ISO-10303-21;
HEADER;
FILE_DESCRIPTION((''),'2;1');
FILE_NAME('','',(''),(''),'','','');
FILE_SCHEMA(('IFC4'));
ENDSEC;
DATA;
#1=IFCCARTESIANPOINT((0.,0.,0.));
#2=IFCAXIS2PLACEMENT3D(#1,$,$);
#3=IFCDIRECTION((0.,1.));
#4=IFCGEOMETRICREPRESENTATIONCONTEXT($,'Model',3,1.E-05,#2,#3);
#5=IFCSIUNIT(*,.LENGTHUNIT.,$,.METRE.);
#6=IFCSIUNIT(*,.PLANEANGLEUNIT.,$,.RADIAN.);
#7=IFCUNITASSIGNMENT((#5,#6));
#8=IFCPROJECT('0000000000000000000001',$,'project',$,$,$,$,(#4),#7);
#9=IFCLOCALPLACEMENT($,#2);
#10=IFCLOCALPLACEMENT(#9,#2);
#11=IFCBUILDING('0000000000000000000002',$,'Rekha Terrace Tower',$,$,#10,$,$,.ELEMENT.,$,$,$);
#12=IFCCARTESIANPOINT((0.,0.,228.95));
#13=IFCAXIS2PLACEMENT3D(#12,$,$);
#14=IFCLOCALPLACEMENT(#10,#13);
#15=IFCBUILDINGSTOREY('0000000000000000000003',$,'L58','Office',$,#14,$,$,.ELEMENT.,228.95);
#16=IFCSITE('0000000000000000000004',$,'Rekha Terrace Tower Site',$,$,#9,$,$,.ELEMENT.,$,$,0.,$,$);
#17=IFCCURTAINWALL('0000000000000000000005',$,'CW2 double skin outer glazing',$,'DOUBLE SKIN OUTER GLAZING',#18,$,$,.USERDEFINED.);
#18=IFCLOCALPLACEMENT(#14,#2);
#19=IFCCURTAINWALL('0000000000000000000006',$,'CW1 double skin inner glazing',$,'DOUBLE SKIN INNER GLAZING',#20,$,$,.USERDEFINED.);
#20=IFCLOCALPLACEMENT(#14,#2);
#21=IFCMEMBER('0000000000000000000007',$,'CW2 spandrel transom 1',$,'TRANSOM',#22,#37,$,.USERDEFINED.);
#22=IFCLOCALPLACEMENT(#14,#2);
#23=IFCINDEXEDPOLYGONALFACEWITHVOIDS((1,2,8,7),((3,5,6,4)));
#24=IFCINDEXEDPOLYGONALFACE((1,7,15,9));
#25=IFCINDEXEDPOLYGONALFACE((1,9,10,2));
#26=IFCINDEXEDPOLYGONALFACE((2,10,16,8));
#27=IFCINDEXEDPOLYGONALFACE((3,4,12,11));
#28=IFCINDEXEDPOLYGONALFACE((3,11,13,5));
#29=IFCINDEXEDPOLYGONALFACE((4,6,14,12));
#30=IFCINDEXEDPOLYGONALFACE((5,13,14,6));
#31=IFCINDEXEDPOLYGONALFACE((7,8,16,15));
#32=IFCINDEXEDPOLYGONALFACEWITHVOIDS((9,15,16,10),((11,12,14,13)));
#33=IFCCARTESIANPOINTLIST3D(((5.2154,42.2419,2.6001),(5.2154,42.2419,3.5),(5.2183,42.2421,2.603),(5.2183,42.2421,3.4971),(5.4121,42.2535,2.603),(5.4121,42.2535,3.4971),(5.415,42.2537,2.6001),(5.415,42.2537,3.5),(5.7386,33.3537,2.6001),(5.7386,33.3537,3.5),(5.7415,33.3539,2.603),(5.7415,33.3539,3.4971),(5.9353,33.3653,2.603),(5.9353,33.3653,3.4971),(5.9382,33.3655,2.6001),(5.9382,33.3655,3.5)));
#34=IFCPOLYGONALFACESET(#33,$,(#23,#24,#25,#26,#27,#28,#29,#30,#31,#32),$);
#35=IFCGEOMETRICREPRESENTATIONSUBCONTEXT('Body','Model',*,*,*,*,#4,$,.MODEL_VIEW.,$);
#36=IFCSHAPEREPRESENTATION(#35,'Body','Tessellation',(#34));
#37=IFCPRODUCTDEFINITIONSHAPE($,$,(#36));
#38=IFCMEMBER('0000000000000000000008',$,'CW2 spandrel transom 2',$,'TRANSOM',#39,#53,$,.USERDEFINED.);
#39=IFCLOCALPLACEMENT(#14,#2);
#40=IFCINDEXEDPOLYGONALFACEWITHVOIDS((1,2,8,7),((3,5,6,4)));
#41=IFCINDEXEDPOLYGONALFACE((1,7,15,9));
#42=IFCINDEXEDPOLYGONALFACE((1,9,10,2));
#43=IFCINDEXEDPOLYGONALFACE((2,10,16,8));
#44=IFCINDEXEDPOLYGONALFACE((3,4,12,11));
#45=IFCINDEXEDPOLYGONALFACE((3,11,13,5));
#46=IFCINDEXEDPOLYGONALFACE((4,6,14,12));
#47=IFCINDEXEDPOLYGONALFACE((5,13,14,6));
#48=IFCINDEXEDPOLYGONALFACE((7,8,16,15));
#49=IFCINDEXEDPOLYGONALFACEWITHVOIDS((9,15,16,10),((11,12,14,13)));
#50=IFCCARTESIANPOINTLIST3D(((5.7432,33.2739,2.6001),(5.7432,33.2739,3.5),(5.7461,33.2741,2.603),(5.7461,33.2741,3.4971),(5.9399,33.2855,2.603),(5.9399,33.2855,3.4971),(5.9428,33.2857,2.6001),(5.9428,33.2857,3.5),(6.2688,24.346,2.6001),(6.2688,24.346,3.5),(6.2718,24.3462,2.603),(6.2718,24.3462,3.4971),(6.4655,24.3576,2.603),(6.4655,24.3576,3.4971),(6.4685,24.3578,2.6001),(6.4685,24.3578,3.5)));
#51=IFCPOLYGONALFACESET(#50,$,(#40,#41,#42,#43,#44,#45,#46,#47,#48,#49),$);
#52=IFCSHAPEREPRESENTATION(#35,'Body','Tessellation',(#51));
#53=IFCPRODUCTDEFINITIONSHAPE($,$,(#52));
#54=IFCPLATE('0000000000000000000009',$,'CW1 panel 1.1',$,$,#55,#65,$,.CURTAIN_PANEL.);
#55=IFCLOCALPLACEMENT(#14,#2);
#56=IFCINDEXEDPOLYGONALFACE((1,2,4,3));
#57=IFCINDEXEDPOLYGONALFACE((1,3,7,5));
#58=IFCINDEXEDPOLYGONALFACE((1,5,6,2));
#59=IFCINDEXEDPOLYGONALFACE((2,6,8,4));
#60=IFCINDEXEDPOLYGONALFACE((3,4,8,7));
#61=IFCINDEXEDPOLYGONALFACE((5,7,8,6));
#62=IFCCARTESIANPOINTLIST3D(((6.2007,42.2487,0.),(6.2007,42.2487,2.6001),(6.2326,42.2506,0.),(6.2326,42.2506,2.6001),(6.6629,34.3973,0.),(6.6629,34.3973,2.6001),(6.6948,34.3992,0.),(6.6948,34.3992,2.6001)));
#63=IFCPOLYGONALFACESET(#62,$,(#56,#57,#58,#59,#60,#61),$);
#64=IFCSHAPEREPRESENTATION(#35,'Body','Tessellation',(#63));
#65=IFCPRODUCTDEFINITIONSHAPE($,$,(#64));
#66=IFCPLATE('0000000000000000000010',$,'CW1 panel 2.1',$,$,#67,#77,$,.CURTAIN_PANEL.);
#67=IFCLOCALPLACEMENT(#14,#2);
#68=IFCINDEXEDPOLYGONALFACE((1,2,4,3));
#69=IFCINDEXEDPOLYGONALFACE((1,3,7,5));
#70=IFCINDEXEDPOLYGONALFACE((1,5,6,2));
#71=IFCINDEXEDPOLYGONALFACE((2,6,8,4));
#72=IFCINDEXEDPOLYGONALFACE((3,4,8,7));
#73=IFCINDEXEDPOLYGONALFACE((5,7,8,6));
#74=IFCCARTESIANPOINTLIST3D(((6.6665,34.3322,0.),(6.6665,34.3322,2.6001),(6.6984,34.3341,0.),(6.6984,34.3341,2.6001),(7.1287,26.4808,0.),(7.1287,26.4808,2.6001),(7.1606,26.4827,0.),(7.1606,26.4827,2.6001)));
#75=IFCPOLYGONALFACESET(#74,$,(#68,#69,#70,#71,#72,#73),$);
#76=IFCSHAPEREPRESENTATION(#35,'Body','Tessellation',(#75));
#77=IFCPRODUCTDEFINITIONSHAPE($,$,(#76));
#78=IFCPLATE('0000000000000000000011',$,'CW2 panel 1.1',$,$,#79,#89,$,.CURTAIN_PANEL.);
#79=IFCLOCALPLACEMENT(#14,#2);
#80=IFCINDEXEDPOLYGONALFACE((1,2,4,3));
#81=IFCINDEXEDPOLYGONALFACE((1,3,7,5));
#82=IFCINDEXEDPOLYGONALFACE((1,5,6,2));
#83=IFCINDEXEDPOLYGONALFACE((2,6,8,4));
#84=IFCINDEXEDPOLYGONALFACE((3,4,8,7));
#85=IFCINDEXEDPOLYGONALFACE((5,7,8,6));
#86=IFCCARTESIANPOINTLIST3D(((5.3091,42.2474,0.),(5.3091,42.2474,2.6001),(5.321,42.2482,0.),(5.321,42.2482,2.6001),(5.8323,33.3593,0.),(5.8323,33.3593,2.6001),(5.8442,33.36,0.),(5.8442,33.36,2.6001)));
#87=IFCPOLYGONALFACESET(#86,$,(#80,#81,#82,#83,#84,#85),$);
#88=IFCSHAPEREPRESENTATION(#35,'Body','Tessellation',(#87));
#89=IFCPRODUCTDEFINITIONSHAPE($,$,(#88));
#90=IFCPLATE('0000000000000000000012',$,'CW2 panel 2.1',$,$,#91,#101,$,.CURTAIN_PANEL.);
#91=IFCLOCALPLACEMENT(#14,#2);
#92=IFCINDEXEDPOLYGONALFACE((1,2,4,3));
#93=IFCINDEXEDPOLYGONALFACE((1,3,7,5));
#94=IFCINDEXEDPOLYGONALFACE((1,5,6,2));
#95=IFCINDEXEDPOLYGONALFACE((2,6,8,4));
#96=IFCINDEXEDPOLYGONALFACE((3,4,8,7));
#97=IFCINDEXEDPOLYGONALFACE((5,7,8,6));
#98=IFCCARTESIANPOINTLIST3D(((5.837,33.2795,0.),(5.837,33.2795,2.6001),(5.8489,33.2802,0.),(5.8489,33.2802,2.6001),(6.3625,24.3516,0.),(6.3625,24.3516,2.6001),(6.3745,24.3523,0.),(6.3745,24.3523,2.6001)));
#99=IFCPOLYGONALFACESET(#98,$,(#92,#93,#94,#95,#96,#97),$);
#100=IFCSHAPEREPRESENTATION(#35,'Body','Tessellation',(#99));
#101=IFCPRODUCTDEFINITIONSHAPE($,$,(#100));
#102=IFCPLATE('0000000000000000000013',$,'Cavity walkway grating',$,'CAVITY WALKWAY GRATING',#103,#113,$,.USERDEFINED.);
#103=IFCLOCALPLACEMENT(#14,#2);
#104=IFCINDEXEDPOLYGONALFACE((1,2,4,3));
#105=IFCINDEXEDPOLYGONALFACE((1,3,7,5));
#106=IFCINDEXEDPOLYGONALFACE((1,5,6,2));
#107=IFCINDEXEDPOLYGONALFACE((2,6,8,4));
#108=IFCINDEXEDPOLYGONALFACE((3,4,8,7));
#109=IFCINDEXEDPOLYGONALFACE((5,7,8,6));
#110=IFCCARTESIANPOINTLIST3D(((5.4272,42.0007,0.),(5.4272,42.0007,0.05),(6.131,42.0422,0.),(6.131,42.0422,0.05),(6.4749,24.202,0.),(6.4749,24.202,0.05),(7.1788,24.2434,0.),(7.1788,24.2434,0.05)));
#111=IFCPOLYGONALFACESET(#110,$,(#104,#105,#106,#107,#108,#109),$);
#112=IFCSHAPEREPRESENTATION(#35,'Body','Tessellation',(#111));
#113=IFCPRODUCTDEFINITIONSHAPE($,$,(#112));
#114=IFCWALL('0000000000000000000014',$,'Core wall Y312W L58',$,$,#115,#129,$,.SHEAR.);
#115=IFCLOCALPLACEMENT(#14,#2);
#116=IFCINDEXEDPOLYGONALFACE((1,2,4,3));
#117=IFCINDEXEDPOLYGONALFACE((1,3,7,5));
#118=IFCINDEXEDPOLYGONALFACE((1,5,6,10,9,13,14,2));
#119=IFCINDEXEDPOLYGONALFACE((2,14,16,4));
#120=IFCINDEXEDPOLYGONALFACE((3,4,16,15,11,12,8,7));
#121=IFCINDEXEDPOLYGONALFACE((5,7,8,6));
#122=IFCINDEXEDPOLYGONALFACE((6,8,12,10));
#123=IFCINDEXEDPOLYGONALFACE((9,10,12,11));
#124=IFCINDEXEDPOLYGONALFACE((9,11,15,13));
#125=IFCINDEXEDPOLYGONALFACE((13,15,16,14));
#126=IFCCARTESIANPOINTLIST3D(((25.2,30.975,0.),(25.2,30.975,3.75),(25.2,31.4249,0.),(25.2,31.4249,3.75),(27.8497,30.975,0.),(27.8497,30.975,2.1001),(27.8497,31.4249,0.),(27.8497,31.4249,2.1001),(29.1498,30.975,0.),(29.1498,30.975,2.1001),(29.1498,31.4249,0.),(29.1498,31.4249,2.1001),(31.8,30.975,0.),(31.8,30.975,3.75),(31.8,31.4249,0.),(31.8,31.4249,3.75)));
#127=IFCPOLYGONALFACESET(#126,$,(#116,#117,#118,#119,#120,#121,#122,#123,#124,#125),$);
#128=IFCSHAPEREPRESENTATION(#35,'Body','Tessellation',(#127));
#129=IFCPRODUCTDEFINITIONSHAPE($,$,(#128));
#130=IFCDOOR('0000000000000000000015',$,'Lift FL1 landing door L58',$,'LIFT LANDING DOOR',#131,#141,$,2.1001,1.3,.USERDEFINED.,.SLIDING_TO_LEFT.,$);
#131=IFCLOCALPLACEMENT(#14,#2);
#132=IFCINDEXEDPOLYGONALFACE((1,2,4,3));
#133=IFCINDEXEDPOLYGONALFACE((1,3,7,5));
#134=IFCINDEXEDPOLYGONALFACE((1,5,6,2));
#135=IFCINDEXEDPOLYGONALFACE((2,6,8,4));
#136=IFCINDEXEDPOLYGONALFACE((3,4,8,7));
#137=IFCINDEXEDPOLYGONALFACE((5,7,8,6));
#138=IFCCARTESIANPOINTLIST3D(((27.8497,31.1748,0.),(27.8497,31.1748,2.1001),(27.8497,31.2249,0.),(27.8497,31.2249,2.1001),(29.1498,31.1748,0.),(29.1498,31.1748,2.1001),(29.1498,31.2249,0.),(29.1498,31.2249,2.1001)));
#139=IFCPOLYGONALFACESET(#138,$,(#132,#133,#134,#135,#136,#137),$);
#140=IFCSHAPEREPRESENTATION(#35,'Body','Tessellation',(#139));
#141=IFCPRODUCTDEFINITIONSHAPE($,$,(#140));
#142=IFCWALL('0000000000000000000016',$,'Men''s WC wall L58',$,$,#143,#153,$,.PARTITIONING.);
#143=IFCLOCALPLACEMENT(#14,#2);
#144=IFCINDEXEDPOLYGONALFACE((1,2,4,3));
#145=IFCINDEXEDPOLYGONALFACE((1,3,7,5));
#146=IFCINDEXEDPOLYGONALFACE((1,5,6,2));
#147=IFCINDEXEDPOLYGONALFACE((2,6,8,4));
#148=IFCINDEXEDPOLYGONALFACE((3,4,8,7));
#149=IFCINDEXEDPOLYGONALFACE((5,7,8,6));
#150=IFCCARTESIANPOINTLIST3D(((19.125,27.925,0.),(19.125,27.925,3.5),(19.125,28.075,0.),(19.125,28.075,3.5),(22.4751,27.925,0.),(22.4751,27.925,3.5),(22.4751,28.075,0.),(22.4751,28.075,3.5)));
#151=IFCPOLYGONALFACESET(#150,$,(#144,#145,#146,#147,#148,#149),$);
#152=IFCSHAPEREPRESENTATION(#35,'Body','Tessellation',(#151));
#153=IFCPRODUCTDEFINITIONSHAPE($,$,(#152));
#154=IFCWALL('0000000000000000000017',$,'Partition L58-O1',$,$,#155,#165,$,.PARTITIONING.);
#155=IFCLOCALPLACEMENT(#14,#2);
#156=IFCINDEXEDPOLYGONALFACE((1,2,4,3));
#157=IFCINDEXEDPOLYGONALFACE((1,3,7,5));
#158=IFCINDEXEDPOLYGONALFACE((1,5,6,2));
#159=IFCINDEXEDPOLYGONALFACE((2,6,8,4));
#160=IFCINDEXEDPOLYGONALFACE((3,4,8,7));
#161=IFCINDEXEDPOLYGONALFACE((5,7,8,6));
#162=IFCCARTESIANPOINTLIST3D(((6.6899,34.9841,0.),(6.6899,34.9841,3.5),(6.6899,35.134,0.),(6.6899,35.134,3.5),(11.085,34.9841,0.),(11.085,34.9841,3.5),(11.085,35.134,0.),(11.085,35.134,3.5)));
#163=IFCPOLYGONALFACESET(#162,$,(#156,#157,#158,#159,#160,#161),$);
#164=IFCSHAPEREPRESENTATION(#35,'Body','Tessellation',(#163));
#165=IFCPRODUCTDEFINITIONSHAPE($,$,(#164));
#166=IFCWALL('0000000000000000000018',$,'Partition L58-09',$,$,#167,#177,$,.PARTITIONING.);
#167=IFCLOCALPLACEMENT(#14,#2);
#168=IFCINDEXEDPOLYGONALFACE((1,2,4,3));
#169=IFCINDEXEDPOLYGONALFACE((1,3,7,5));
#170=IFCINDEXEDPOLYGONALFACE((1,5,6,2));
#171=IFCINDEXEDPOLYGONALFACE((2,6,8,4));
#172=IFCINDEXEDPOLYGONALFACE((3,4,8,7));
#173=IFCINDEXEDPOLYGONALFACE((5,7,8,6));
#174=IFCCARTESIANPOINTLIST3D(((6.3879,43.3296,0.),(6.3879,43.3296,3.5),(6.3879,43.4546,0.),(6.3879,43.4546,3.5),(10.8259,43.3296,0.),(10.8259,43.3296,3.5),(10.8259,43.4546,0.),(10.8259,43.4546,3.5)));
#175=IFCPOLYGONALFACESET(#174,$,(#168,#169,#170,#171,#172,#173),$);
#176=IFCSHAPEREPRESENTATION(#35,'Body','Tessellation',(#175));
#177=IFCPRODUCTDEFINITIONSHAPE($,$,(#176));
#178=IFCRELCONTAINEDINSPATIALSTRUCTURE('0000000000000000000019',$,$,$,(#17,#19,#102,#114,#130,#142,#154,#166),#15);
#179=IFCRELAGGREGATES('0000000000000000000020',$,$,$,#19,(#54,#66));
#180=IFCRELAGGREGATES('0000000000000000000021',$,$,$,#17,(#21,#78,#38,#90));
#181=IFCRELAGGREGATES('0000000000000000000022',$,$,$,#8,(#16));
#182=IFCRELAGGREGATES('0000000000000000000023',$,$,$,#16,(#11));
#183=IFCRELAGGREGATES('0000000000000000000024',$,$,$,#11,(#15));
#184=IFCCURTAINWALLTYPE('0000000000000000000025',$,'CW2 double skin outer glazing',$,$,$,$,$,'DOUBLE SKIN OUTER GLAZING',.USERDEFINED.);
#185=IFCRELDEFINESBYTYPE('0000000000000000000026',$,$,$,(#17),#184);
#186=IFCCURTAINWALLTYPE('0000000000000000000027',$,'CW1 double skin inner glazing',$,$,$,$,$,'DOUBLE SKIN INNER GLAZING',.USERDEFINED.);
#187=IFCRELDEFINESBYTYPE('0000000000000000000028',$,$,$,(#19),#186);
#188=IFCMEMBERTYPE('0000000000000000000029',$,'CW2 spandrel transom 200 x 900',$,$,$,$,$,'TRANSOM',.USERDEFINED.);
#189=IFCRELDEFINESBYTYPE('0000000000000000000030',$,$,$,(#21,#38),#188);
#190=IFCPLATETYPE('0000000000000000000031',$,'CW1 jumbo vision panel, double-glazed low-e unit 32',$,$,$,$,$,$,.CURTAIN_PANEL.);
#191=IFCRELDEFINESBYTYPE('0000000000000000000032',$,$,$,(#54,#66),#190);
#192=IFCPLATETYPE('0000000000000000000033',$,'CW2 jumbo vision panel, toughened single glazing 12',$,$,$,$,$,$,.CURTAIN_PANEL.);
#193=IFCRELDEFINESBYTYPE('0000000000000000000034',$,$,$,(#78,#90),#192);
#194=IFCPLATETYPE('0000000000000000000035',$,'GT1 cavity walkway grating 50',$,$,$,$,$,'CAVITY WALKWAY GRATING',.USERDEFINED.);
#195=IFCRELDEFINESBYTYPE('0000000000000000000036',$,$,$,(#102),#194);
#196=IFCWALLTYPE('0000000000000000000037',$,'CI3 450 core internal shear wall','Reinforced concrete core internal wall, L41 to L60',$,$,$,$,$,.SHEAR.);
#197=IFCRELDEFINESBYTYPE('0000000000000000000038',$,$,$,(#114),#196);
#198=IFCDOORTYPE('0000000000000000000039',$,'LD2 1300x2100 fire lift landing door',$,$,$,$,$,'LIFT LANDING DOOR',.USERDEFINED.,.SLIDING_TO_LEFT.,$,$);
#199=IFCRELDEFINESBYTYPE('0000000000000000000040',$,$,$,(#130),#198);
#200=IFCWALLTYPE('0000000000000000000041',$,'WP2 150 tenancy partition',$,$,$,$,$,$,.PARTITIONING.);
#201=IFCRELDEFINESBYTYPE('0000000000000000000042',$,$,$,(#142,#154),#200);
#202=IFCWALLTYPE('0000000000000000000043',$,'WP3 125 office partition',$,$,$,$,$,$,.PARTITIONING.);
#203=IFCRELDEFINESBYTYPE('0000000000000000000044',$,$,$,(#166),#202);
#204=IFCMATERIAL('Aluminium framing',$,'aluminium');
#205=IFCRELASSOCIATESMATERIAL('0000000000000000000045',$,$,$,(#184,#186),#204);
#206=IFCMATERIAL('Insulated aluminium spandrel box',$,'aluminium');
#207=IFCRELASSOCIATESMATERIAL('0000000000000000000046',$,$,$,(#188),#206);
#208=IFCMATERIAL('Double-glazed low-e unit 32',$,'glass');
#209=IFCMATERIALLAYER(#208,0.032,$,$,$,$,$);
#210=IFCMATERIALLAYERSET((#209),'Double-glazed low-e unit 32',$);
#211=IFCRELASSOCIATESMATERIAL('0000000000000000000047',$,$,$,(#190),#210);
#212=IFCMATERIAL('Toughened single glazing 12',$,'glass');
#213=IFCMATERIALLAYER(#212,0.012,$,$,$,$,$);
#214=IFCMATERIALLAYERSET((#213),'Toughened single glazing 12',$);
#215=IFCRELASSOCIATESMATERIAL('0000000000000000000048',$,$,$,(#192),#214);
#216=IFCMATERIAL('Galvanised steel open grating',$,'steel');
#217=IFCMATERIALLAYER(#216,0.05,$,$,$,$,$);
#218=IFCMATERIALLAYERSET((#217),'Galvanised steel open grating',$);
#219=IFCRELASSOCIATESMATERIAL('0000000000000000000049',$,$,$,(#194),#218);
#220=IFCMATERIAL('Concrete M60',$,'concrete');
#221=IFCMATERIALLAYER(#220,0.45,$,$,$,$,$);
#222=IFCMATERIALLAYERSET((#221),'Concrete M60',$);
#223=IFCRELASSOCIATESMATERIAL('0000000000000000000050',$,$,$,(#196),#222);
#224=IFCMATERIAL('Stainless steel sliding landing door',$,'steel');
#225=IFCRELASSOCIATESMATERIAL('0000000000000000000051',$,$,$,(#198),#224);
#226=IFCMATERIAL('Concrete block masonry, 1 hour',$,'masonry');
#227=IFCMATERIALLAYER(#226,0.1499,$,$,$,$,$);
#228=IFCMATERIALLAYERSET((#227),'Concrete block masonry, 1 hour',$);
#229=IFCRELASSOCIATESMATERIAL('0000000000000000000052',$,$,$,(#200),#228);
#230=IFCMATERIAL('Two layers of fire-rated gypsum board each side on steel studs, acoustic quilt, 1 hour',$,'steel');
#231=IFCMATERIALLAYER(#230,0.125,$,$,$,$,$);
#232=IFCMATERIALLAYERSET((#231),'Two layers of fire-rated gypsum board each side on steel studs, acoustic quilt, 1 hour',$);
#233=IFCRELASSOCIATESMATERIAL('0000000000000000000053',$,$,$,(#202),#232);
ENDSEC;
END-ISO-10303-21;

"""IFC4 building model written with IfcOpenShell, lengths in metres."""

from ifc_helpers import new_model, si_unit, direction, frame, frame_2d, origin, origin_2d, place, context, subcontext, project, spatial, rectangle, hollow_rectangle, extrude, material, layer, layer_set, material_profile, profile_set, type_object, element, fill, aggregate, save


model = new_model("IFC4")

# Units and contexts
model_context = context("Model", 3, precision=1e-05, world=origin(), true_north=direction((0.0, 1.0)))
body_context = subcontext(model_context, "Body", "Model", "MODEL_VIEW")
ifc_project = project(units=[si_unit("LENGTHUNIT", "METRE"), si_unit("PLANEANGLEUNIT", "RADIAN")], contexts=[model_context])

# Site, building, storey
site_placement = place(None, origin())
site = spatial("IfcSite", under=ifc_project, at=site_placement, Name="Rekha Terrace Tower Site", CompositionType="ELEMENT", RefElevation=0.0)
building_placement = place(site_placement, origin())
building = spatial("IfcBuilding", under=site, at=building_placement, Name="Rekha Terrace Tower", CompositionType="ELEMENT")
storey_placement = place(building_placement, frame((0.0, 0.0, 228.95)))
storey = spatial("IfcBuildingStorey", under=building, at=storey_placement, Name="L58", Description="Office", CompositionType="ELEMENT", Elevation=228.95)

# Curtain wall
ifc_material_1 = material(Name="Aluminium framing", Category="aluminium")
curtain_wall_type_1 = type_object("IfcCurtainWallType", Name="CW2 double skin outer glazing", ElementType="DOUBLE SKIN OUTER GLAZING", PredefinedType="USERDEFINED", material=ifc_material_1)
curtain_wall_1_placement = place(storey_placement, origin())
curtain_wall_1 = element("IfcCurtainWall", 1, at=curtain_wall_1_placement, inside=storey, type_object=curtain_wall_type_1, Name="CW2 double skin outer glazing", ObjectType="DOUBLE SKIN OUTER GLAZING", PredefinedType="USERDEFINED")

# Curtain wall
curtain_wall_type_2 = type_object("IfcCurtainWallType", Name="CW1 double skin inner glazing", ElementType="DOUBLE SKIN INNER GLAZING", PredefinedType="USERDEFINED", material=ifc_material_1)
curtain_wall_2_placement = place(storey_placement, origin())
curtain_wall_2 = element("IfcCurtainWall", 2, at=curtain_wall_2_placement, inside=storey, type_object=curtain_wall_type_2, Name="CW1 double skin inner glazing", ObjectType="DOUBLE SKIN INNER GLAZING", PredefinedType="USERDEFINED")
ifc_material_2 = material(Name="Insulated aluminium spandrel box", Category="aluminium")

# Members
ifc_material_profile_1 = material_profile(ifc_material_2, hollow_rectangle(XDim=0.2, YDim=0.8999, WallThickness=0.0029, at=origin_2d()), Name="AL SPANDREL BOX 200x900")
ifc_profile_set_1 = profile_set([ifc_material_profile_1], Name="Insulated aluminium spandrel box")
member_type_1 = type_object("IfcMemberType", Name="CW2 spandrel transom 200 x 900", ElementType="TRANSOM", PredefinedType="USERDEFINED", material=ifc_profile_set_1)
member_1_placement = place(storey_placement, frame((5.3152, 42.2478, 3.05), z_axis=(0.058762, -0.998272, 0.0), x_axis=(0.998272, 0.058762, 0.0)))
member_1 = element("IfcMember", 3, at=member_1_placement, type_object=member_type_1, Name="CW2 spandrel transom 1", ObjectType="TRANSOM", PredefinedType="USERDEFINED", context=body_context, shape_type="SweptSolid", body=[
    extrude(hollow_rectangle(XDim=0.2, YDim=0.8999, WallThickness=0.0029, at=origin_2d()), origin(), (0.0, 0.0, 1.0), 8.9036),
])
member_2_placement = place(storey_placement, frame((5.843, 33.2798, 3.05), z_axis=(0.058773, -0.998271, 0.0), x_axis=(0.998271, 0.058773, 0.0)))
member_2 = element("IfcMember", 4, at=member_2_placement, type_object=member_type_1, Name="CW2 spandrel transom 2", ObjectType="TRANSOM", PredefinedType="USERDEFINED", context=body_context, shape_type="SweptSolid", body=[
    extrude(hollow_rectangle(XDim=0.2, YDim=0.8999, WallThickness=0.0029, at=origin_2d()), origin(), (0.0, 0.0, 1.0), 8.9434),
])

# Plates
ifc_material_3 = material(Name="Double-glazed low-e unit 32", Category="glass")
ifc_layer_1 = layer(ifc_material_3, 0.032)
ifc_layer_set_1 = layer_set([ifc_layer_1], Name="Double-glazed low-e unit 32")
plate_type_1 = type_object("IfcPlateType", Name="CW1 jumbo vision panel, double-glazed low-e unit 32", PredefinedType="CURTAIN_PANEL", material=ifc_layer_set_1)
plate_1_placement = place(storey_placement, frame((6.4478, 38.324, 0.0), z_axis=(0.0, 0.0, 1.0), x_axis=(0.058765, -0.998272, 0.0)))
plate_1 = element("IfcPlate", 5, at=plate_1_placement, type_object=plate_type_1, Name="CW1 panel 1.1", PredefinedType="CURTAIN_PANEL", context=body_context, shape_type="SweptSolid", body=[
    extrude(rectangle(XDim=7.865, YDim=0.032, at=origin_2d()), origin(), (0.0, 0.0, 1.0), 2.6001),
])
plate_2_placement = place(storey_placement, frame((6.9136, 30.4075, 0.0), z_axis=(0.0, 0.0, 1.0), x_axis=(0.058765, -0.998272, 0.0)))
plate_2 = element("IfcPlate", 6, at=plate_2_placement, type_object=plate_type_1, Name="CW1 panel 2.1", PredefinedType="CURTAIN_PANEL", context=body_context, shape_type="SweptSolid", body=[
    extrude(rectangle(XDim=7.865, YDim=0.032, at=origin_2d()), origin(), (0.0, 0.0, 1.0), 2.6001),
])
aggregate(curtain_wall_2, [plate_1, plate_2])
ifc_material_4 = material(Name="Toughened single glazing 12", Category="glass")
ifc_layer_2 = layer(ifc_material_4, 0.012)
ifc_layer_set_2 = layer_set([ifc_layer_2], Name="Toughened single glazing 12")
plate_type_2 = type_object("IfcPlateType", Name="CW2 jumbo vision panel, toughened single glazing 12", PredefinedType="CURTAIN_PANEL", material=ifc_layer_set_2)
plate_3_placement = place(storey_placement, frame((5.5767, 37.8037, 0.0), z_axis=(0.0, 0.0, 1.0), x_axis=(0.058765, -0.998272, 0.0)))
plate_3 = element("IfcPlate", 7, at=plate_3_placement, type_object=plate_type_2, Name="CW2 panel 1.1", PredefinedType="CURTAIN_PANEL", context=body_context, shape_type="SweptSolid", body=[
    extrude(rectangle(XDim=8.9036, YDim=0.012, at=origin_2d()), origin(), (0.0, 0.0, 1.0), 2.6001),
])
plate_4_placement = place(storey_placement, frame((6.1057, 28.8159, 0.0), z_axis=(0.0, 0.0, 1.0), x_axis=(0.058765, -0.998272, 0.0)))
plate_4 = element("IfcPlate", 8, at=plate_4_placement, type_object=plate_type_2, Name="CW2 panel 2.1", PredefinedType="CURTAIN_PANEL", context=body_context, shape_type="SweptSolid", body=[
    extrude(rectangle(XDim=8.9434, YDim=0.012, at=origin_2d()), origin(), (0.0, 0.0, 1.0), 2.6001),
])
aggregate(curtain_wall_1, [member_1, plate_3, member_2, plate_4])
ifc_material_5 = material(Name="Galvanised steel open grating", Category="steel")
ifc_layer_3 = layer(ifc_material_5, 0.05)
ifc_layer_set_3 = layer_set([ifc_layer_3], Name="Galvanised steel open grating")
plate_type_3 = type_object("IfcPlateType", Name="GT1 cavity walkway grating 50", ElementType="CAVITY WALKWAY GRATING", PredefinedType="USERDEFINED", material=ifc_layer_set_3)
plate_5_placement = place(storey_placement, frame((6.303, 33.1221, 0.0), z_axis=(0.0, 0.0, 1.0), x_axis=(0.058765, -0.998272, 0.0)))
element("IfcPlate", 9, at=plate_5_placement, inside=storey, type_object=plate_type_3, Name="Cavity walkway grating", ObjectType="CAVITY WALKWAY GRATING", PredefinedType="USERDEFINED", context=body_context, shape_type="SweptSolid", body=[
    extrude(rectangle(XDim=17.8296, YDim=0.7051, at=origin_2d()), origin(), (0.0, 0.0, 1.0), 0.05),
])

# Wall, opening, door
ifc_material_6 = material(Name="Concrete M60", Category="concrete")
ifc_layer_4 = layer(ifc_material_6, 0.45)
ifc_layer_set_4 = layer_set([ifc_layer_4], Name="Concrete M60")
wall_type_1 = type_object("IfcWallType", Name="CI3 450 core internal shear wall", Description="Reinforced concrete core internal wall, L41 to L60", PredefinedType="SHEAR", material=ifc_layer_set_4)
wall_1_placement = place(storey_placement, frame((25.2, 31.2, 0.0), z_axis=(0.0, 0.0, 1.0), x_axis=(1.0, 0.0, 0.0)))
wall_1 = element("IfcWall", 10, at=wall_1_placement, inside=storey, type_object=wall_type_1, Name="Core wall Y312W L58", PredefinedType="SHEAR", context=body_context, shape_type="SweptSolid", body=[
    extrude(rectangle(XDim=6.6001, YDim=0.45, at=frame_2d((3.3, 0.0))), origin(), (0.0, 0.0, 1.0), 3.75),
])
opening_1_placement = place(wall_1_placement, frame((2.6499, 0.0, 0.0)))
opening_1 = element("IfcOpeningElement", 11, at=opening_1_placement, cuts=wall_1, PredefinedType="OPENING", context=body_context, shape_type="SweptSolid", body=[
    extrude(rectangle(XDim=1.3, YDim=2.1001, at=frame_2d((0.6499, 1.05))), frame((0.0, 0.2349, 0.0), z_axis=(0.0, -1.0, 0.0), x_axis=(1.0, 0.0, 0.0)), (0.0, 0.0, 1.0), 0.47),
])
ifc_material_7 = material(Name="Stainless steel sliding landing door", Category="steel")
door_type_1 = type_object("IfcDoorType", Name="LD2 1300x2100 fire lift landing door", ElementType="LIFT LANDING DOOR", OperationType="SLIDING_TO_LEFT", PredefinedType="USERDEFINED", material=ifc_material_7)
door_1_placement = place(opening_1_placement, origin())
door_1 = element("IfcDoor", 12, at=door_1_placement, inside=storey, type_object=door_type_1, Name="Lift FL1 landing door L58", ObjectType="LIFT LANDING DOOR", OperationType="SLIDING_TO_LEFT", OverallHeight=2.1001, OverallWidth=1.3, PredefinedType="USERDEFINED", context=body_context, shape_type="SweptSolid", body=[
    extrude(rectangle(XDim=1.3, YDim=2.1001, at=frame_2d((0.6499, 1.05))), frame((0.0, 0.0249, 0.0), z_axis=(0.0, -1.0, 0.0), x_axis=(1.0, 0.0, 0.0)), (0.0, 0.0, 1.0), 0.05),
])
fill(opening_1, door_1)

# Walls
ifc_material_8 = material(Name="Concrete block masonry, 1 hour", Category="masonry")
ifc_layer_5 = layer(ifc_material_8, 0.1499)
ifc_layer_set_5 = layer_set([ifc_layer_5], Name="Concrete block masonry, 1 hour")
wall_type_2 = type_object("IfcWallType", Name="WP2 150 tenancy partition", PredefinedType="PARTITIONING", material=ifc_layer_set_5)
wall_2_placement = place(storey_placement, frame((19.125, 28.0, 0.0), z_axis=(0.0, 0.0, 1.0), x_axis=(1.0, 0.0, 0.0)))
element("IfcWall", 13, at=wall_2_placement, inside=storey, type_object=wall_type_2, Name="Men's WC wall L58", PredefinedType="PARTITIONING", context=body_context, shape_type="SweptSolid", body=[
    extrude(rectangle(XDim=3.3501, YDim=0.1499, at=frame_2d((1.675, 0.0))), origin(), (0.0, 0.0, 1.0), 3.5),
])
wall_3_placement = place(storey_placement, frame((11.085, 35.0591, 0.0), z_axis=(0.0, 0.0, 1.0), x_axis=(-1.0, 0.0, 0.0)))
element("IfcWall", 14, at=wall_3_placement, inside=storey, type_object=wall_type_2, Name="Partition L58-O1", PredefinedType="PARTITIONING", context=body_context, shape_type="SweptSolid", body=[
    extrude(rectangle(XDim=4.395, YDim=0.1499, at=frame_2d((2.1975, 0.0))), origin(), (0.0, 0.0, 1.0), 3.5),
])
ifc_material_9 = material(Name="Two layers of fire-rated gypsum board each side on steel studs, acoustic quilt, 1 hour", Category="steel")
ifc_layer_6 = layer(ifc_material_9, 0.125)
ifc_layer_set_6 = layer_set([ifc_layer_6], Name="Two layers of fire-rated gypsum board each side on steel studs, acoustic quilt, 1 hour")
wall_type_3 = type_object("IfcWallType", Name="WP3 125 office partition", PredefinedType="PARTITIONING", material=ifc_layer_set_6)
wall_4_placement = place(storey_placement, frame((10.8259, 43.3921, 0.0), z_axis=(0.0, 0.0, 1.0), x_axis=(-1.0, 0.0, 0.0)))
element("IfcWall", 15, at=wall_4_placement, inside=storey, type_object=wall_type_3, Name="Partition L58-09", PredefinedType="PARTITIONING", context=body_context, shape_type="SweptSolid", body=[
    extrude(rectangle(XDim=4.438, YDim=0.125, at=frame_2d((2.219, 0.0))), origin(), (0.0, 0.0, 1.0), 3.5),
])

save(model, "model.ifc")
